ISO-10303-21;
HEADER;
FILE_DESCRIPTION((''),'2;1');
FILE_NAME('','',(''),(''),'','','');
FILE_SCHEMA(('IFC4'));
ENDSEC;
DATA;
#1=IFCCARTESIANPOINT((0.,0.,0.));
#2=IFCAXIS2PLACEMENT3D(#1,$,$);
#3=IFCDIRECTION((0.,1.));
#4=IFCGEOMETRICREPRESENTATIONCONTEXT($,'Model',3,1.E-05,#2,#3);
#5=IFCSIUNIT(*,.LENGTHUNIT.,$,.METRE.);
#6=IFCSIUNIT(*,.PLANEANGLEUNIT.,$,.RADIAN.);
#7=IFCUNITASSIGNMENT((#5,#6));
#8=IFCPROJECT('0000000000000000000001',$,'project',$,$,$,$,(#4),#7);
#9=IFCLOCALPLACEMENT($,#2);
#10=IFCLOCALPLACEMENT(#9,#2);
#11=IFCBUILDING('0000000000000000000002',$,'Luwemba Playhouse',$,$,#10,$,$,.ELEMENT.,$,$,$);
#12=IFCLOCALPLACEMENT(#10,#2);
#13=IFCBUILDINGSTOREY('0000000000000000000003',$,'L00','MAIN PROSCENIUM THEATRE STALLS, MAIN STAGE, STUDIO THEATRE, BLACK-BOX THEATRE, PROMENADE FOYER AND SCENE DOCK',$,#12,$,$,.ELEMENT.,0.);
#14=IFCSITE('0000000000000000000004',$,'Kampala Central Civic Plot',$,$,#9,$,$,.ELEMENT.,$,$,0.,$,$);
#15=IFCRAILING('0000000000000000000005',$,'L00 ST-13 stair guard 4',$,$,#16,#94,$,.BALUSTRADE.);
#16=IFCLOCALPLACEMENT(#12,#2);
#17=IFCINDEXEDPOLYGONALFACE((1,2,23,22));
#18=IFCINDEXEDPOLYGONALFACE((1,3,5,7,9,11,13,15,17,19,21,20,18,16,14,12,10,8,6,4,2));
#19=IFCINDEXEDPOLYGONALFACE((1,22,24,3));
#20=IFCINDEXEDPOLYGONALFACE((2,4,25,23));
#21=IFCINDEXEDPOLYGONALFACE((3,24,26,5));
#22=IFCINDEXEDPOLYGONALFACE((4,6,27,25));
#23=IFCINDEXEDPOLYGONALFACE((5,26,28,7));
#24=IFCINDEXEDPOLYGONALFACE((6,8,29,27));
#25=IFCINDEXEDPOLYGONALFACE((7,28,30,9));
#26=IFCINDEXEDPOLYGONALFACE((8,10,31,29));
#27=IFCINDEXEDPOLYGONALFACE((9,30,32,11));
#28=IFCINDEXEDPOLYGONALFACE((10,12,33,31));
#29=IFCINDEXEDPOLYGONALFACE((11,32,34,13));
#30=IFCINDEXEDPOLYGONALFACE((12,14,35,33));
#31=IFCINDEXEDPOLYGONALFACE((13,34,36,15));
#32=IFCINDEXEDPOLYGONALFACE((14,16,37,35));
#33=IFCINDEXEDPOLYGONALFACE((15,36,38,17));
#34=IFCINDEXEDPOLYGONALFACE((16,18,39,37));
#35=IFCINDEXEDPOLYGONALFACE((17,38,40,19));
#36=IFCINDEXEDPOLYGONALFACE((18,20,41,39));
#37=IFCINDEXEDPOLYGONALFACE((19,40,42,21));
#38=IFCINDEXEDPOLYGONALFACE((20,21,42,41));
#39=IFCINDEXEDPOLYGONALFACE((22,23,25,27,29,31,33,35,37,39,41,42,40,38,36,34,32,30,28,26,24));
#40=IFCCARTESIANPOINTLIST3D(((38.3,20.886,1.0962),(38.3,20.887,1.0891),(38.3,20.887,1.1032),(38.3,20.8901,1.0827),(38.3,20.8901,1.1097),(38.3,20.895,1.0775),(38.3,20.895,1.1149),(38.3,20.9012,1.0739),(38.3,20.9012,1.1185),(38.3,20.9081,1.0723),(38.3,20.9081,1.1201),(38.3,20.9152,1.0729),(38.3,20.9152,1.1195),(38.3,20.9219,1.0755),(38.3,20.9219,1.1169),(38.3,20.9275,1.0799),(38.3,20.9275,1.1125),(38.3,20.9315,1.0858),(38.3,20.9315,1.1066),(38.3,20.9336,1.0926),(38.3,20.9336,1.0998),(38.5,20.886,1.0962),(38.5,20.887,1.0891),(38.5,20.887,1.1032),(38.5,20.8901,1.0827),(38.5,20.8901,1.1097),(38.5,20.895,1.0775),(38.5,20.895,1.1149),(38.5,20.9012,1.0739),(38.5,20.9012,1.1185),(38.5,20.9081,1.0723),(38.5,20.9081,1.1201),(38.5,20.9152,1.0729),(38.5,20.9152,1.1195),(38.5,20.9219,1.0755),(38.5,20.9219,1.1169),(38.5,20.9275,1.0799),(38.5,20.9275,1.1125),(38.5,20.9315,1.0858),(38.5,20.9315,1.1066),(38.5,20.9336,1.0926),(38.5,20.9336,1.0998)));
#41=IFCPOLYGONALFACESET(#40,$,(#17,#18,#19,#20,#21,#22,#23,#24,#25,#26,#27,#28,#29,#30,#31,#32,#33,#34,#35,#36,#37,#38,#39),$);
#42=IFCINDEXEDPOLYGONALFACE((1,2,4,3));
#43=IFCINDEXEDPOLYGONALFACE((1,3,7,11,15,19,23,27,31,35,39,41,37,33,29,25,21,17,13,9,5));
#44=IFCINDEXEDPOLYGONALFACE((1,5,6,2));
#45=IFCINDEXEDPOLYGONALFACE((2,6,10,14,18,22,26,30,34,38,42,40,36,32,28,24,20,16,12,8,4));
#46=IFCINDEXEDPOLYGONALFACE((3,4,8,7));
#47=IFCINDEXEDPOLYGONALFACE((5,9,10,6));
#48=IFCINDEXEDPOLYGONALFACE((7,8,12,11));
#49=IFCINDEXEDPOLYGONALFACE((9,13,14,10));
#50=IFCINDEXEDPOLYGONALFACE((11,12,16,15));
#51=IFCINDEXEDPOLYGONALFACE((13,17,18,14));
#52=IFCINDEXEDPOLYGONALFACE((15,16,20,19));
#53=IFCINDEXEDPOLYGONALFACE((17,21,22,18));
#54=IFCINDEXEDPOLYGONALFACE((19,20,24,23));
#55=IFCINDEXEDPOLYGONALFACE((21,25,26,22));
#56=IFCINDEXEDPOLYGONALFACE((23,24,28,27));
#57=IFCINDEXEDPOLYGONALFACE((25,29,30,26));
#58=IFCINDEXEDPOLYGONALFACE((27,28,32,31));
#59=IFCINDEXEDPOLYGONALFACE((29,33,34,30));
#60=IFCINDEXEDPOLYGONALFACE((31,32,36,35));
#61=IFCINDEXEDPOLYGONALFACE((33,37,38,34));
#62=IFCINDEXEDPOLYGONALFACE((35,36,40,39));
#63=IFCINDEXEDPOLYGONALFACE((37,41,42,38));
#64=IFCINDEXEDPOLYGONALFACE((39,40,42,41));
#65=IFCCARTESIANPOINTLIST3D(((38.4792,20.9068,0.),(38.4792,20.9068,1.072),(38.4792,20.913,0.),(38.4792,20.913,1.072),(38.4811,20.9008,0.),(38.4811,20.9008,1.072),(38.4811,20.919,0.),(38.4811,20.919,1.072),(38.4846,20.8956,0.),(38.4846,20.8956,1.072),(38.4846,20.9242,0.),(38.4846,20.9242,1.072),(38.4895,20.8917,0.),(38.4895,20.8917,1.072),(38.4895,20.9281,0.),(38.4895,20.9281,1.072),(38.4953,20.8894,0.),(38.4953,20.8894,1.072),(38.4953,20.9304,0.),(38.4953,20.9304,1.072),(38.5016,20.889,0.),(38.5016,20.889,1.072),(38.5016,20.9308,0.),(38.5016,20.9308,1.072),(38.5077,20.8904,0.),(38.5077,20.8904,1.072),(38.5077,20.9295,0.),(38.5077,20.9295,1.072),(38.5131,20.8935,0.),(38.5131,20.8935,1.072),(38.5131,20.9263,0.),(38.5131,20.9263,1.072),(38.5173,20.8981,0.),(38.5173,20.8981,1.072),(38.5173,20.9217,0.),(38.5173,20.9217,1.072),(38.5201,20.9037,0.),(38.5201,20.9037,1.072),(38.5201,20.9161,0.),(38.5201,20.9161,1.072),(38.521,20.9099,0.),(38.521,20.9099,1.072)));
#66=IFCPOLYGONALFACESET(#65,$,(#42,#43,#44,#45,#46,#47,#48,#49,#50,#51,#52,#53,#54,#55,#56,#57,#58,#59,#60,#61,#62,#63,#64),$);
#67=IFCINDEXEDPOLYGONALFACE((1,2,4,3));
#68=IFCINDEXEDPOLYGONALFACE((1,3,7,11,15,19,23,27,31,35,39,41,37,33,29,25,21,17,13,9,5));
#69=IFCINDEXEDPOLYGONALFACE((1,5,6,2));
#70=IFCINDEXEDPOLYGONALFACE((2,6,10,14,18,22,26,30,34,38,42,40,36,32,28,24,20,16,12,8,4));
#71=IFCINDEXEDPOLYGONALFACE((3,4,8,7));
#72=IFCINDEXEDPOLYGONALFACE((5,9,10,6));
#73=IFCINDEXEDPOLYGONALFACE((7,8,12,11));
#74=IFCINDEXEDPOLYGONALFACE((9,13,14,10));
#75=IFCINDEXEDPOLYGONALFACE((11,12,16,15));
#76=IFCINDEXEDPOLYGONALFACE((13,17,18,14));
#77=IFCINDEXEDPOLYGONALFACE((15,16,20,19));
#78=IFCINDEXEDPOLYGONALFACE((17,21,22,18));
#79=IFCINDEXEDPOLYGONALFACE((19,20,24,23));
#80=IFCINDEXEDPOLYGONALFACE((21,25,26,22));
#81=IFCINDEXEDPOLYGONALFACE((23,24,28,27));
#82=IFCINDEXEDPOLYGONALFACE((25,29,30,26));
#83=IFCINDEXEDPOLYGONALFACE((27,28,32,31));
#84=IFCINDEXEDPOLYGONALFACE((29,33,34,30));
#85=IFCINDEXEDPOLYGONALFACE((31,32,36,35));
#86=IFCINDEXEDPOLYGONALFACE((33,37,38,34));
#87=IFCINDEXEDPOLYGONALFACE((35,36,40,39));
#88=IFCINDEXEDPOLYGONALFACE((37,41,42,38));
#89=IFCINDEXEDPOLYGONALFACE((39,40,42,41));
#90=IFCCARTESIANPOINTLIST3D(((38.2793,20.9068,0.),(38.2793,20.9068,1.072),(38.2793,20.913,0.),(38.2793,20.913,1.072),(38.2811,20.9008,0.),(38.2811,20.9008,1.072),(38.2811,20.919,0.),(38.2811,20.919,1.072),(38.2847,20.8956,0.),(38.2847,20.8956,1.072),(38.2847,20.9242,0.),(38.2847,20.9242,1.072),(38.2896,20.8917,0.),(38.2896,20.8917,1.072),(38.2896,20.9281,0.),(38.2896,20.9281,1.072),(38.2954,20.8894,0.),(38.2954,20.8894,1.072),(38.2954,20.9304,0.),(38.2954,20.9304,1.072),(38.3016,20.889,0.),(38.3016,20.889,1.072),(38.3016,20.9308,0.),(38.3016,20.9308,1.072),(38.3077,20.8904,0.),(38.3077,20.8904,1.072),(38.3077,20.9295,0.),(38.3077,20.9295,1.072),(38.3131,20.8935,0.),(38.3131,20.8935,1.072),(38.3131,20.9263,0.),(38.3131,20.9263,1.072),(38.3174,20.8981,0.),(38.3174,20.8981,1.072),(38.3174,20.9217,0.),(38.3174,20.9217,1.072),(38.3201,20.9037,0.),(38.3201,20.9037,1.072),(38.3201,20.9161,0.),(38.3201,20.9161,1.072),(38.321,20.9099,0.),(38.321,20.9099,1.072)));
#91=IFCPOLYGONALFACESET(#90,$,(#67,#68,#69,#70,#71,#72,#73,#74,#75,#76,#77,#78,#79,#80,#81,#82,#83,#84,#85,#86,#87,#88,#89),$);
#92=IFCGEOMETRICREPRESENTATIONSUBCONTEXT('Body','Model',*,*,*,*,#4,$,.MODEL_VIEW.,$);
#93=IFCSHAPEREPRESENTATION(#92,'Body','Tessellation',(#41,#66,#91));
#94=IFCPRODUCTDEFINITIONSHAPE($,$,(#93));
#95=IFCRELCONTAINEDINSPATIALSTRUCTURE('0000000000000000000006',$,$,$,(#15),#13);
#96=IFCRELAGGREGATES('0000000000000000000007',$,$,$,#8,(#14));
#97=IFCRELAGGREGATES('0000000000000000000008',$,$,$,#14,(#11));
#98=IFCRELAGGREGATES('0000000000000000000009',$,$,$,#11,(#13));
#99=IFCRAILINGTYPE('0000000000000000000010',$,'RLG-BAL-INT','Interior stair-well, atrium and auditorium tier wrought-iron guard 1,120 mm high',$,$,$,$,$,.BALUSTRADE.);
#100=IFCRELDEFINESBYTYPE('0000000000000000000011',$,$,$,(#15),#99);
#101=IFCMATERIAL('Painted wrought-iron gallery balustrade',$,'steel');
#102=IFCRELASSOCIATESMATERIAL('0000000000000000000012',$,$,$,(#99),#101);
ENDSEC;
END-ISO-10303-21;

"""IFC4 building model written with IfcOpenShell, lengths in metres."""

from ifc_helpers import new_model, si_unit, direction, frame, origin, origin_2d, place, context, subcontext, project, spatial, circle, extrude, material, type_object, element, save


model = new_model("IFC4")

# Units and contexts
model_context = context("Model", 3, precision=1e-05, world=origin(), true_north=direction((0.0, 1.0)))
body_context = subcontext(model_context, "Body", "Model", "MODEL_VIEW")
ifc_project = project(units=[si_unit("LENGTHUNIT", "METRE"), si_unit("PLANEANGLEUNIT", "RADIAN")], contexts=[model_context])

# Site, building, storey
site_placement = place(None, origin())
site = spatial("IfcSite", under=ifc_project, at=site_placement, Name="Kampala Central Civic Plot", CompositionType="ELEMENT", RefElevation=0.0)
building_placement = place(site_placement, origin())
building = spatial("IfcBuilding", under=site, at=building_placement, Name="Luwemba Playhouse", CompositionType="ELEMENT")
storey_placement = place(building_placement, origin())
storey = spatial("IfcBuildingStorey", under=building, at=storey_placement, Name="L00", Description="MAIN PROSCENIUM THEATRE STALLS, MAIN STAGE, STUDIO THEATRE, BLACK-BOX THEATRE, PROMENADE FOYER AND SCENE DOCK", CompositionType="ELEMENT", Elevation=0.0)

# Railing
ifc_material_1 = material(Name="Painted wrought-iron gallery balustrade", Category="steel")
railing_type_1 = type_object("IfcRailingType", Name="RLG-BAL-INT", Description="Interior stair-well, atrium and auditorium tier wrought-iron guard 1,120 mm high", PredefinedType="BALUSTRADE", material=ifc_material_1)
railing_1_placement = place(storey_placement, frame((38.5, 20.9099, 0.0)))
element("IfcRailing", 1, at=railing_1_placement, inside=storey, type_object=railing_type_1, Name="L00 ST-13 stair guard 4", PredefinedType="BALUSTRADE", context=body_context, shape_type="SweptSolid", body=[
    extrude(circle(Radius=0.0239, at=origin_2d()), frame((0.0, 0.0, 1.0962), z_axis=(-1.0, 0.0, 0.0), x_axis=(0.0, -1.0, 0.0)), (0.0, 0.0, 1.0), 0.2),
    extrude(circle(Radius=0.021, at=origin_2d()), origin(), (0.0, 0.0, 1.0), 1.072),
    extrude(circle(Radius=0.021, at=origin_2d()), frame((-0.2, 0.0, 0.0)), (0.0, 0.0, 1.0), 1.072),
])

save(model, "model.ifc")
